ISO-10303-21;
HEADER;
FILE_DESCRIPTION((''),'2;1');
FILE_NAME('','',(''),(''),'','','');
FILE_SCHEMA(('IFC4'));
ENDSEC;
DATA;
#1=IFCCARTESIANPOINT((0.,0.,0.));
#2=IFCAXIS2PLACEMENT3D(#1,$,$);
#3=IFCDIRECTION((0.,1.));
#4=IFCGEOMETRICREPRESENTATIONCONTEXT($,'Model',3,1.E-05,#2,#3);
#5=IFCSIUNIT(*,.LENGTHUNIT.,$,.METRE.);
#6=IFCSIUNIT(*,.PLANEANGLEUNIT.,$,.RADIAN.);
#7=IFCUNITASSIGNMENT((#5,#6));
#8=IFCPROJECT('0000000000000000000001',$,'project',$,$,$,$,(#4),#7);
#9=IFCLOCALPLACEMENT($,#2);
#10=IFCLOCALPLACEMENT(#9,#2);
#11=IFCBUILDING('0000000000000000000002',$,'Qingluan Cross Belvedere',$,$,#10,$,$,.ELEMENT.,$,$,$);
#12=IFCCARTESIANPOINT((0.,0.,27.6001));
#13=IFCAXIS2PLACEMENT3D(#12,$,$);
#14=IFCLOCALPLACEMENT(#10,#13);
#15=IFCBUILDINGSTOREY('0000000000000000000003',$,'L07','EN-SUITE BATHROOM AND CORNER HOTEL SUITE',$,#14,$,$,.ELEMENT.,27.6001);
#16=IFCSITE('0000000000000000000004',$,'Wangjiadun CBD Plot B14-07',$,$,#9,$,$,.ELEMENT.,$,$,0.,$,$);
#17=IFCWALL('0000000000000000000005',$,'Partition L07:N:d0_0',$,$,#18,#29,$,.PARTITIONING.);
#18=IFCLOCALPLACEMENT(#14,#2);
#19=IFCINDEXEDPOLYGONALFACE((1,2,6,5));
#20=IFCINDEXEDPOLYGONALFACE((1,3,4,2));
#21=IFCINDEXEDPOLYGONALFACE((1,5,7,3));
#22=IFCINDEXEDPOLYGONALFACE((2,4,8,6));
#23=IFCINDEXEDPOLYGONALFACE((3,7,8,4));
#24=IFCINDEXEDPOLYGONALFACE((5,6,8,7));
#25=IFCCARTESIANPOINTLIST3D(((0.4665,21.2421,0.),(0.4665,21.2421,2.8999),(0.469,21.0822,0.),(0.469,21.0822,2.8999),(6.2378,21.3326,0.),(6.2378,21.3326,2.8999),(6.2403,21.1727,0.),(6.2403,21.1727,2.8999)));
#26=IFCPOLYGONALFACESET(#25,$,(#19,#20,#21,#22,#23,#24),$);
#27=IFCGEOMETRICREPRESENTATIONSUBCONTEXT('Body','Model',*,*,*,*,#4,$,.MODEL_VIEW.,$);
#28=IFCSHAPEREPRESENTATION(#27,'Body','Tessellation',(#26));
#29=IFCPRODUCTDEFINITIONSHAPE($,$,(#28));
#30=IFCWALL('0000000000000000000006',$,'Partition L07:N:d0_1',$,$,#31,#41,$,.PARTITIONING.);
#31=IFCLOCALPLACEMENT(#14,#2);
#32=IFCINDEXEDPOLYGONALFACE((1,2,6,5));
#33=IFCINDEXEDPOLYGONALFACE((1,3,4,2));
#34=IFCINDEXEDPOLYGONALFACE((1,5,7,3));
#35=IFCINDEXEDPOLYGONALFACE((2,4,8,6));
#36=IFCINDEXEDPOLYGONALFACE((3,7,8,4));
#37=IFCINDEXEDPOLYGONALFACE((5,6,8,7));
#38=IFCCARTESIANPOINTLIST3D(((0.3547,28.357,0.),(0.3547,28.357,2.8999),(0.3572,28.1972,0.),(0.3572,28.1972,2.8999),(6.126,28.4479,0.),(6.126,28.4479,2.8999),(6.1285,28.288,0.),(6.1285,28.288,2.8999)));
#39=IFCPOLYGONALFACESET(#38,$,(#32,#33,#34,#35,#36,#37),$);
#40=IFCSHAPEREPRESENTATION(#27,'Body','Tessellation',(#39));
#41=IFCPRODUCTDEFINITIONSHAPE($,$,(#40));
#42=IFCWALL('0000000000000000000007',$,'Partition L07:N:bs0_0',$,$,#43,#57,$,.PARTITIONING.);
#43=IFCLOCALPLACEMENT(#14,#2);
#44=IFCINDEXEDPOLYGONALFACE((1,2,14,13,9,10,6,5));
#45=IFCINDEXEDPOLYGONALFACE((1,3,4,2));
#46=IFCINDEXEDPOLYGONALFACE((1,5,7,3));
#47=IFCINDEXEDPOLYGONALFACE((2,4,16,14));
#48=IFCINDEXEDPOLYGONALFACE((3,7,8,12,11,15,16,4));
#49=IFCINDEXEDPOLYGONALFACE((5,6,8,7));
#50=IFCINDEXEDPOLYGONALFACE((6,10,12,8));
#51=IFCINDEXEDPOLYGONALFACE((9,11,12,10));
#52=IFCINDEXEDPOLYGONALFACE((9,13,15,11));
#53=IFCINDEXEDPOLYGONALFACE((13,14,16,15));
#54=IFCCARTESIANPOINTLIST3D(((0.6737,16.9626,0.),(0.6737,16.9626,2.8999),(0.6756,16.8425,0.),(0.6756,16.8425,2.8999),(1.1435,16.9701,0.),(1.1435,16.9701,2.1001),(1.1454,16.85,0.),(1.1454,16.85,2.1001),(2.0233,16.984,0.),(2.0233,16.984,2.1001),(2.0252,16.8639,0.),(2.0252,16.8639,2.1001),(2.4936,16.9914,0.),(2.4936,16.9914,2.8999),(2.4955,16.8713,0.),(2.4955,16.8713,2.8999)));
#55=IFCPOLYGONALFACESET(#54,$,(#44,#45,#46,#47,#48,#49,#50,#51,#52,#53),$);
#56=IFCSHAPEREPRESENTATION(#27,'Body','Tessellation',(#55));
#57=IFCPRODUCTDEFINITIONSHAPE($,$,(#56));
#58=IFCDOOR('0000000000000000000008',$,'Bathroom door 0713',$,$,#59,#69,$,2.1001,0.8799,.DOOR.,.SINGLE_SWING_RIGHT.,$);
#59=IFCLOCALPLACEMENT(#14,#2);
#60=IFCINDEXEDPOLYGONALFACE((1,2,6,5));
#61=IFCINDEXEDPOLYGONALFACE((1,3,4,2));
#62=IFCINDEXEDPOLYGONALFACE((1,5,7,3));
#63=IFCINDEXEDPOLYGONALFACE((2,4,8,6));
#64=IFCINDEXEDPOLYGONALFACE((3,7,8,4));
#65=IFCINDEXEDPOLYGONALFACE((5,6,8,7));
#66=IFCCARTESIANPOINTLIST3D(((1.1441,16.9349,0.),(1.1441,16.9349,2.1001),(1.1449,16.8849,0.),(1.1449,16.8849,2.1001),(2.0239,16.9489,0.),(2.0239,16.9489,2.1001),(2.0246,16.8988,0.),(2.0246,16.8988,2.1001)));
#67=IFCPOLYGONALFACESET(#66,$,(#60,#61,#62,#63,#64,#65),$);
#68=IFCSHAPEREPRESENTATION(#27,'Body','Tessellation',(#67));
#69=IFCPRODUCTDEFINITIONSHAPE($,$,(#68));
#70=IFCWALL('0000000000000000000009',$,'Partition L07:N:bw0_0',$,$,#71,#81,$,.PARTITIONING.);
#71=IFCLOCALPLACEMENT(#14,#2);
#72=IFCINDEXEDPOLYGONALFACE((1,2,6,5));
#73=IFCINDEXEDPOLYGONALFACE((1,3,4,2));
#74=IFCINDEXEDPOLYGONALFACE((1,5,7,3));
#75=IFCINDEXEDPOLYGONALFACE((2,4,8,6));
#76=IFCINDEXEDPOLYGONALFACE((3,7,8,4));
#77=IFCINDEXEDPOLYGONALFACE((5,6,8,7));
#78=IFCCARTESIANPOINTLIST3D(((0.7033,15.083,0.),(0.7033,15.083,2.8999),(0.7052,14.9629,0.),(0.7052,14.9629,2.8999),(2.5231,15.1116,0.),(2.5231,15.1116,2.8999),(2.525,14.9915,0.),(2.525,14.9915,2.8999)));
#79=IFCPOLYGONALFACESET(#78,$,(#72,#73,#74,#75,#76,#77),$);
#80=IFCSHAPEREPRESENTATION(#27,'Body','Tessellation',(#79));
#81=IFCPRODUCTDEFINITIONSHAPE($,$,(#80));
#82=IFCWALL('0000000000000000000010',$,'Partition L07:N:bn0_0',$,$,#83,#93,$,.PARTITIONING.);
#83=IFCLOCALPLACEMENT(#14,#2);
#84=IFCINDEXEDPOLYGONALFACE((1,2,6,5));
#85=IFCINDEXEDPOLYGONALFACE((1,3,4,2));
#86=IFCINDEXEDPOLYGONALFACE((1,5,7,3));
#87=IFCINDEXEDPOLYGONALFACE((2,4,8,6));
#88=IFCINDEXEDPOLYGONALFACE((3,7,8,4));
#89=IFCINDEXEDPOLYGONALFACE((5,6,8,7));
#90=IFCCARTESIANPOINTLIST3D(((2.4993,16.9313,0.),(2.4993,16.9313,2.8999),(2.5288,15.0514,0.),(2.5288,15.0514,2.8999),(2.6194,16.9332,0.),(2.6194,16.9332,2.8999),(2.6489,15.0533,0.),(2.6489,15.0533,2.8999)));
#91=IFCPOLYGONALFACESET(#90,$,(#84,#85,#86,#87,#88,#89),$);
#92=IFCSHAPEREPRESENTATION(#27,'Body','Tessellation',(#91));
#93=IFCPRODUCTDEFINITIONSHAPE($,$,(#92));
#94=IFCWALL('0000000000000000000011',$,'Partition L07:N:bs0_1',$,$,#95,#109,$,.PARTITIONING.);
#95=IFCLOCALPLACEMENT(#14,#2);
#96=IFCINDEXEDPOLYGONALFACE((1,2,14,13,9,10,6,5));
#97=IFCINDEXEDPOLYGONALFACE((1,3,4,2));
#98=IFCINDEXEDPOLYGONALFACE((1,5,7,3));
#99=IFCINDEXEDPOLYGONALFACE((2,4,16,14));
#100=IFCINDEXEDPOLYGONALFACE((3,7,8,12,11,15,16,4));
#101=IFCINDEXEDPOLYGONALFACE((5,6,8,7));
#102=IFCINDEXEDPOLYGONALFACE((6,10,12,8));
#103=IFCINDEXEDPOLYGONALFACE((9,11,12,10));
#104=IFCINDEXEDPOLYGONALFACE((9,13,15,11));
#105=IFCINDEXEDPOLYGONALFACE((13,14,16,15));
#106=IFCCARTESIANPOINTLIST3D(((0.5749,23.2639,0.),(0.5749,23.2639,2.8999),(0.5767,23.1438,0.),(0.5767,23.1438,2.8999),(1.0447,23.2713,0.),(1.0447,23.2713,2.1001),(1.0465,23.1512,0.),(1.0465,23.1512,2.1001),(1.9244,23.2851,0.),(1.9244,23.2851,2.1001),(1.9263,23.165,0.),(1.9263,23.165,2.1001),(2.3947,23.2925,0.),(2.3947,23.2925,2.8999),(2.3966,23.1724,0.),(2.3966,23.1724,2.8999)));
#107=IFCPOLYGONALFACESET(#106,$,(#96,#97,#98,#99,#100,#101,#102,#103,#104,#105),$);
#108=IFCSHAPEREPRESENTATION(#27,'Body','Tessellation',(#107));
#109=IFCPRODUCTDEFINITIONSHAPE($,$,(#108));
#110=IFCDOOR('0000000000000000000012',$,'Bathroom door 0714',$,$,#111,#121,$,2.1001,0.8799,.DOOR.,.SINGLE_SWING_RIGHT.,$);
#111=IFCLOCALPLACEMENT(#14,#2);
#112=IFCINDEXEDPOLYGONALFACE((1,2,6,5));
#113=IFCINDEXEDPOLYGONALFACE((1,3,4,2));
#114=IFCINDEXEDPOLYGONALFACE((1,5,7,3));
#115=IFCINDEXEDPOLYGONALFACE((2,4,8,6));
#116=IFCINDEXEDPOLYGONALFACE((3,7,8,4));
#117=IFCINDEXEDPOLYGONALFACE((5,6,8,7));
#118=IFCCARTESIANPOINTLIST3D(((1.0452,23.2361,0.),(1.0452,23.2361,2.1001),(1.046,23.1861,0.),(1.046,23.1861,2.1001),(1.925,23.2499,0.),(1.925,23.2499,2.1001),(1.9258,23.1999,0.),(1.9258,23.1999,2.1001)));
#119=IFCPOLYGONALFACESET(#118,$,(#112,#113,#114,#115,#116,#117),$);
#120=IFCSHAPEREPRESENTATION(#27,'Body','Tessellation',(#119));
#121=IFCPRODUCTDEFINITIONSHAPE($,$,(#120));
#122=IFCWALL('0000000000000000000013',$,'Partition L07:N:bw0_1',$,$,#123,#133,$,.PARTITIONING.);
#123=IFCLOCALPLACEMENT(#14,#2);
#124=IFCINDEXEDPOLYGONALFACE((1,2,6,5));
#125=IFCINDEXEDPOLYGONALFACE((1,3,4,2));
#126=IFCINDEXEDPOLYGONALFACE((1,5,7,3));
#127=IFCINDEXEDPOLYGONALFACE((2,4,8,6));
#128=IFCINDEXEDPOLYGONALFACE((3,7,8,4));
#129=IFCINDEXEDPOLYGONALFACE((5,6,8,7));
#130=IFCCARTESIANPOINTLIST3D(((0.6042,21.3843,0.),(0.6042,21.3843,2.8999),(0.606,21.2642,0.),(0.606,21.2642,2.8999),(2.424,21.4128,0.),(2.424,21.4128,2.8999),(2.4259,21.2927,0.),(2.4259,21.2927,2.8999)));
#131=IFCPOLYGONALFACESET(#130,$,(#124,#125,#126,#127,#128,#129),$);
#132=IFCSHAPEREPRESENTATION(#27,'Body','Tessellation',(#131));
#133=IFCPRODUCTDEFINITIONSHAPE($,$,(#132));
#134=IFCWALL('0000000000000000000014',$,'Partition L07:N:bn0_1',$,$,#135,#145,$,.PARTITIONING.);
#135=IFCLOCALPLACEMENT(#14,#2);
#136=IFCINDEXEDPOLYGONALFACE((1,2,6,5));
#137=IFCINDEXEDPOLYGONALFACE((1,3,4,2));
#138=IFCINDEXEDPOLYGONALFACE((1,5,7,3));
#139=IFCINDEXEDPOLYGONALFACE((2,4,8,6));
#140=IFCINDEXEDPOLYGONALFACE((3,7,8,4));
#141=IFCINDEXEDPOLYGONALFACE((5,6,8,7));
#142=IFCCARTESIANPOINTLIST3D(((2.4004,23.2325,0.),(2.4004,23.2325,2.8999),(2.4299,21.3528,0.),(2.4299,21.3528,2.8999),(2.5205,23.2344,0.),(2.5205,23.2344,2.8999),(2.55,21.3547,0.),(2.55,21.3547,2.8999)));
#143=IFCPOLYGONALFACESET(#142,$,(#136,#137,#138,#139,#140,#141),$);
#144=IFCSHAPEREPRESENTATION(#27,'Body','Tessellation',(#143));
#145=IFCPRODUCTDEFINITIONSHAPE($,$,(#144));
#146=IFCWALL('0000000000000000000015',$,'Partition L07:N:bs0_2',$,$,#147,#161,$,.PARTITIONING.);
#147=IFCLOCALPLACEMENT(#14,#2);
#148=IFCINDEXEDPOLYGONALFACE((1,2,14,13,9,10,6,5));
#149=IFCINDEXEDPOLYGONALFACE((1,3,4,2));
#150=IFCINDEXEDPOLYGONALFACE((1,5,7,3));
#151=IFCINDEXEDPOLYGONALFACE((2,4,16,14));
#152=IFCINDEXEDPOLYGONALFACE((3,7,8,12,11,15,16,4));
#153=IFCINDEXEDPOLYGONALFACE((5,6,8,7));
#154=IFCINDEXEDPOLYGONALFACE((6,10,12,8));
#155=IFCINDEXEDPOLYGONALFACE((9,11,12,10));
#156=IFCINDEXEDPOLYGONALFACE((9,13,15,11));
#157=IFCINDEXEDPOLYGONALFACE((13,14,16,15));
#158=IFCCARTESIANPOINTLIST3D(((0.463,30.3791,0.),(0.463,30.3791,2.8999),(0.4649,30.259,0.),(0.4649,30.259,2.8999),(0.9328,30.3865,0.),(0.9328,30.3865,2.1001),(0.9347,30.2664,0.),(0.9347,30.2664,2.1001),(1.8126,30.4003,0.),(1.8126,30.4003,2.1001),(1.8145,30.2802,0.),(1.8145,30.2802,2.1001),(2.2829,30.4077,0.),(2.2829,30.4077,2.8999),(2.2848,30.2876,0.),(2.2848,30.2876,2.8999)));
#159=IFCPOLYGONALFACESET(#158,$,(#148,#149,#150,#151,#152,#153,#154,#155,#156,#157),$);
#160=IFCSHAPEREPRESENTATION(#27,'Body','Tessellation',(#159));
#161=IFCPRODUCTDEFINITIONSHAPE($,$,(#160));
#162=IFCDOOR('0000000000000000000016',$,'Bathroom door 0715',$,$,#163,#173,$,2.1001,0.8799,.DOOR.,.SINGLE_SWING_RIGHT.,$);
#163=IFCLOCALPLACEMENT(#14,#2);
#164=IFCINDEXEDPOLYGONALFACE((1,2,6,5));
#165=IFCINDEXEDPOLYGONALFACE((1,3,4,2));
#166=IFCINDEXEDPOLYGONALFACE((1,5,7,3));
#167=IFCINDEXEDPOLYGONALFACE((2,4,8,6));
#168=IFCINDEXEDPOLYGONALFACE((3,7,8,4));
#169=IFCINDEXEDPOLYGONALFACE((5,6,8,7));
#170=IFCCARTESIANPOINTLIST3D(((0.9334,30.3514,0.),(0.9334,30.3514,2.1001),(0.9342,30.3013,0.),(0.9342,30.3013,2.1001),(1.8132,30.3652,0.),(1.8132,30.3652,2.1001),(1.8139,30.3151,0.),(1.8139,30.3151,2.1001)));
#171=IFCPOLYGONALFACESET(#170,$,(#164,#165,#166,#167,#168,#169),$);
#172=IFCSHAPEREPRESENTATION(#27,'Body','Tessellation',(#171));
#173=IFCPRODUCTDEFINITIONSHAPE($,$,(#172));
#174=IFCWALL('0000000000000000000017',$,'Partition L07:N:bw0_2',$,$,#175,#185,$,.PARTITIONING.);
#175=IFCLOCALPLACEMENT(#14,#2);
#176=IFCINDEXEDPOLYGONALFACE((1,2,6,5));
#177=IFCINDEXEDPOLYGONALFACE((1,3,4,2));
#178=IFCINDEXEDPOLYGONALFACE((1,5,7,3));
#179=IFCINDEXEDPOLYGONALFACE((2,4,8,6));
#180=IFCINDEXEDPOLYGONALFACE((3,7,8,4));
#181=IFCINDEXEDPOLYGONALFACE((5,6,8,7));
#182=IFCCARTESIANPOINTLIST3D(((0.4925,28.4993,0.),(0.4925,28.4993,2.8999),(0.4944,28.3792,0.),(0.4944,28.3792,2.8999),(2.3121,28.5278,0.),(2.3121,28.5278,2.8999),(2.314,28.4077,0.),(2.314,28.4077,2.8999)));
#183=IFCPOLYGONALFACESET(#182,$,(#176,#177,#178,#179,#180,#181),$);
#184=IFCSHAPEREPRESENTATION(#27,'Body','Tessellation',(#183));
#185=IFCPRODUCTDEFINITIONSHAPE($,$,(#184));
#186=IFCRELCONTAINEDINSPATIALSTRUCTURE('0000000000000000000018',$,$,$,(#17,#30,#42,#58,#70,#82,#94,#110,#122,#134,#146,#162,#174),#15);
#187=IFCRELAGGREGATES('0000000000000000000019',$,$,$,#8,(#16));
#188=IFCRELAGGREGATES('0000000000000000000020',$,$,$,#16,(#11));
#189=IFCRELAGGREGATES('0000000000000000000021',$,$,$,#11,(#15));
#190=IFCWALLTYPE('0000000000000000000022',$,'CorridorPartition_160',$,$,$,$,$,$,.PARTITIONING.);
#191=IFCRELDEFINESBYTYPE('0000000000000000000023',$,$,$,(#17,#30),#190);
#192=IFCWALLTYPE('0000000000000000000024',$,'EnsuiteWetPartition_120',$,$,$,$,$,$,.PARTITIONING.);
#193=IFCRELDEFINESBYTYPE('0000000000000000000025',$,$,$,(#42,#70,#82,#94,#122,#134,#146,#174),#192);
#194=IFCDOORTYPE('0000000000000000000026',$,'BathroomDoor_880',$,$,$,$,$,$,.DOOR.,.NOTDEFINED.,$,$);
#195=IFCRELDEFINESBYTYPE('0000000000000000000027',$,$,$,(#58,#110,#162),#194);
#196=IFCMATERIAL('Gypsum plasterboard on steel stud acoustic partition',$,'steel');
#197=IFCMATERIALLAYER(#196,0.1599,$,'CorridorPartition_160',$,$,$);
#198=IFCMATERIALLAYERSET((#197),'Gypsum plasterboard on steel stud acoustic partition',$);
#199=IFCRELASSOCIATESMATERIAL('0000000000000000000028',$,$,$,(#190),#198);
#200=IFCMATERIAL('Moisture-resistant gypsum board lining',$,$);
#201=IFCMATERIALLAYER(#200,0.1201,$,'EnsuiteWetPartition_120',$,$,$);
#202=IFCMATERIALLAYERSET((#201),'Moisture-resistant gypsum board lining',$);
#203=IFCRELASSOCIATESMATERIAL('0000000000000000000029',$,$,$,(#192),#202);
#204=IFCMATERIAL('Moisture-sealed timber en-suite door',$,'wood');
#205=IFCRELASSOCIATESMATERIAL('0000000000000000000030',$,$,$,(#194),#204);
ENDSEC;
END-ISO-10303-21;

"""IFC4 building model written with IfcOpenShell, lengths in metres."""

from ifc_helpers import new_model, si_unit, direction, frame, frame_2d, origin, place, context, subcontext, project, spatial, rectangle, extrude, material, layer, layer_set, type_object, element, fill, save


model = new_model("IFC4")

# Units and contexts
model_context = context("Model", 3, precision=1e-05, world=origin(), true_north=direction((0.0, 1.0)))
body_context = subcontext(model_context, "Body", "Model", "MODEL_VIEW")
ifc_project = project(units=[si_unit("LENGTHUNIT", "METRE"), si_unit("PLANEANGLEUNIT", "RADIAN")], contexts=[model_context])

# Site, building, storey
site_placement = place(None, origin())
site = spatial("IfcSite", under=ifc_project, at=site_placement, Name="Wangjiadun CBD Plot B14-07", CompositionType="ELEMENT", RefElevation=0.0)
building_placement = place(site_placement, origin())
building = spatial("IfcBuilding", under=site, at=building_placement, Name="Qingluan Cross Belvedere", CompositionType="ELEMENT")
storey_placement = place(building_placement, frame((0.0, 0.0, 27.6001)))
storey = spatial("IfcBuildingStorey", under=building, at=storey_placement, Name="L07", Description="EN-SUITE BATHROOM AND CORNER HOTEL SUITE", CompositionType="ELEMENT", Elevation=27.6001)

# Walls
ifc_material_1 = material(Name="Gypsum plasterboard on steel stud acoustic partition", Category="steel")
ifc_layer_1 = layer(ifc_material_1, 0.1599, Name="CorridorPartition_160")
ifc_layer_set_1 = layer_set([ifc_layer_1], Name="Gypsum plasterboard on steel stud acoustic partition")
wall_type_1 = type_object("IfcWallType", Name="CorridorPartition_160", PredefinedType="PARTITIONING", material=ifc_layer_set_1)
for number, where, z_axis, x_axis, name in (
    (1, (0.4678, 21.1621, 0.0), (0.0, 0.0, 1.0), (0.999877, 0.015692, 0.0), "Partition L07:N:d0_0"),
    (2, (0.356, 28.2771, 0.0), (0.0, 0.0, 1.0), (0.999876, 0.015735, 0.0), "Partition L07:N:d0_1"),
):
    element("IfcWall", number, at=place(storey_placement, frame(where, z_axis=z_axis, x_axis=x_axis)), inside=storey, type_object=wall_type_1, Name=name, PredefinedType="PARTITIONING", context=body_context, shape_type="SweptSolid", body=[
        extrude(rectangle(XDim=5.772, YDim=0.1599, at=frame_2d((2.886, 0.0))), origin(), (0.0, 0.0, 1.0), 2.8999),
    ])

# Wall, opening, door
ifc_material_2 = material(Name="Moisture-resistant gypsum board lining")
ifc_layer_2 = layer(ifc_material_2, 0.1201, Name="EnsuiteWetPartition_120")
ifc_layer_set_2 = layer_set([ifc_layer_2], Name="Moisture-resistant gypsum board lining")
wall_type_2 = type_object("IfcWallType", Name="EnsuiteWetPartition_120", PredefinedType="PARTITIONING", material=ifc_layer_set_2)
wall_1_placement = place(storey_placement, frame((0.6746, 16.9026, 0.0), z_axis=(0.0, 0.0, 1.0), x_axis=(0.999875, 0.015828, 0.0)))
wall_1 = element("IfcWall", 3, at=wall_1_placement, inside=storey, type_object=wall_type_2, Name="Partition L07:N:bs0_0", PredefinedType="PARTITIONING", context=body_context, shape_type="SweptSolid", body=[
    extrude(rectangle(XDim=1.8201, YDim=0.1201, at=frame_2d((0.9102, 0.0))), origin(), (0.0, 0.0, 1.0), 2.8999),
])
opening_1_placement = place(wall_1_placement, frame((0.47, 0.0, 0.0)))
opening_1 = element("IfcOpeningElement", 4, at=opening_1_placement, cuts=wall_1, PredefinedType="OPENING", context=body_context, shape_type="SweptSolid", body=[
    extrude(rectangle(XDim=0.8799, YDim=2.1001, at=frame_2d((0.4399, 1.05))), frame((0.0, 0.0701, 0.0), z_axis=(0.0, -1.0, 0.0), x_axis=(1.0, 0.0, 0.0)), (0.0, 0.0, 1.0), 0.1401),
])
ifc_material_3 = material(Name="Moisture-sealed timber en-suite door", Category="wood")
door_type = type_object("IfcDoorType", Name="BathroomDoor_880", OperationType="NOTDEFINED", PredefinedType="DOOR", material=ifc_material_3)
door_1_placement = place(opening_1_placement, origin())
door_1 = element("IfcDoor", 5, at=door_1_placement, inside=storey, type_object=door_type, Name="Bathroom door 0713", OperationType="SINGLE_SWING_RIGHT", OverallHeight=2.1001, OverallWidth=0.8799, PredefinedType="DOOR", context=body_context, shape_type="SweptSolid", body=[
    extrude(rectangle(XDim=0.8799, YDim=2.1001, at=frame_2d((0.4399, 1.05))), frame((0.0, 0.0249, 0.0), z_axis=(0.0, -1.0, 0.0), x_axis=(1.0, 0.0, 0.0)), (0.0, 0.0, 1.0), 0.05),
])
fill(opening_1, door_1)

# Walls
wall_2_placement = place(storey_placement, frame((0.7041, 15.0229, 0.0), z_axis=(0.0, 0.0, 1.0), x_axis=(0.999877, 0.015694, 0.0)))
element("IfcWall", 6, at=wall_2_placement, inside=storey, type_object=wall_type_2, Name="Partition L07:N:bw0_0", PredefinedType="PARTITIONING", context=body_context, shape_type="SweptSolid", body=[
    extrude(rectangle(XDim=1.8201, YDim=0.1201, at=frame_2d((0.9102, 0.0))), origin(), (0.0, 0.0, 1.0), 2.8999),
])
wall_3_placement = place(storey_placement, frame((2.5889, 15.0525, 0.0), z_axis=(0.0, 0.0, 1.0), x_axis=(-0.015712, 0.999877, 0.0)))
element("IfcWall", 7, at=wall_3_placement, inside=storey, type_object=wall_type_2, Name="Partition L07:N:bn0_0", PredefinedType="PARTITIONING", context=body_context, shape_type="SweptSolid", body=[
    extrude(rectangle(XDim=1.8801, YDim=0.1201, at=frame_2d((0.9399, 0.0))), origin(), (0.0, 0.0, 1.0), 2.8999),
])

# Wall, opening, door
wall_4_placement = place(storey_placement, frame((0.5757, 23.2039, 0.0), z_axis=(0.0, 0.0, 1.0), x_axis=(0.999877, 0.015694, 0.0)))
wall_4 = element("IfcWall", 8, at=wall_4_placement, inside=storey, type_object=wall_type_2, Name="Partition L07:N:bs0_1", PredefinedType="PARTITIONING", context=body_context, shape_type="SweptSolid", body=[
    extrude(rectangle(XDim=1.8201, YDim=0.1201, at=frame_2d((0.9102, 0.0))), origin(), (0.0, 0.0, 1.0), 2.8999),
])
opening_2_placement = place(wall_4_placement, frame((0.47, 0.0, 0.0)))
opening_2 = element("IfcOpeningElement", 9, at=opening_2_placement, cuts=wall_4, PredefinedType="OPENING", context=body_context, shape_type="SweptSolid", body=[
    extrude(rectangle(XDim=0.8799, YDim=2.1001, at=frame_2d((0.4399, 1.05))), frame((0.0, 0.0701, 0.0), z_axis=(0.0, -1.0, 0.0), x_axis=(1.0, 0.0, 0.0)), (0.0, 0.0, 1.0), 0.1401),
])
door_2_placement = place(opening_2_placement, origin())
door_2 = element("IfcDoor", 10, at=door_2_placement, inside=storey, type_object=door_type, Name="Bathroom door 0714", OperationType="SINGLE_SWING_RIGHT", OverallHeight=2.1001, OverallWidth=0.8799, PredefinedType="DOOR", context=body_context, shape_type="SweptSolid", body=[
    extrude(rectangle(XDim=0.8799, YDim=2.1001, at=frame_2d((0.4399, 1.05))), frame((0.0, 0.0249, 0.0), z_axis=(0.0, -1.0, 0.0), x_axis=(1.0, 0.0, 0.0)), (0.0, 0.0, 1.0), 0.05),
])
fill(opening_2, door_2)

# Walls
wall_5_placement = place(storey_placement, frame((0.605, 21.3242, 0.0), z_axis=(0.0, 0.0, 1.0), x_axis=(0.999877, 0.015694, 0.0)))
element("IfcWall", 11, at=wall_5_placement, inside=storey, type_object=wall_type_2, Name="Partition L07:N:bw0_1", PredefinedType="PARTITIONING", context=body_context, shape_type="SweptSolid", body=[
    extrude(rectangle(XDim=1.8201, YDim=0.1201, at=frame_2d((0.9102, 0.0))), origin(), (0.0, 0.0, 1.0), 2.8999),
])
wall_6_placement = place(storey_placement, frame((2.49, 21.3538, 0.0), z_axis=(0.0, 0.0, 1.0), x_axis=(-0.015714, 0.999877, 0.0)))
element("IfcWall", 12, at=wall_6_placement, inside=storey, type_object=wall_type_2, Name="Partition L07:N:bn0_1", PredefinedType="PARTITIONING", context=body_context, shape_type="SweptSolid", body=[
    extrude(rectangle(XDim=1.8799, YDim=0.1201, at=frame_2d((0.9399, 0.0))), origin(), (0.0, 0.0, 1.0), 2.8999),
])

# Wall, opening, door
wall_7_placement = place(storey_placement, frame((0.4639, 30.3191, 0.0), z_axis=(0.0, 0.0, 1.0), x_axis=(0.999877, 0.015694, 0.0)))
wall_7 = element("IfcWall", 13, at=wall_7_placement, inside=storey, type_object=wall_type_2, Name="Partition L07:N:bs0_2", PredefinedType="PARTITIONING", context=body_context, shape_type="SweptSolid", body=[
    extrude(rectangle(XDim=1.8201, YDim=0.1201, at=frame_2d((0.9102, 0.0))), origin(), (0.0, 0.0, 1.0), 2.8999),
])
opening_3_placement = place(wall_7_placement, frame((0.47, 0.0, 0.0)))
opening_3 = element("IfcOpeningElement", 14, at=opening_3_placement, cuts=wall_7, PredefinedType="OPENING", context=body_context, shape_type="SweptSolid", body=[
    extrude(rectangle(XDim=0.8799, YDim=2.1001, at=frame_2d((0.4399, 1.05))), frame((0.0, 0.0701, 0.0), z_axis=(0.0, -1.0, 0.0), x_axis=(1.0, 0.0, 0.0)), (0.0, 0.0, 1.0), 0.1401),
])
door_3_placement = place(opening_3_placement, origin())
door_3 = element("IfcDoor", 15, at=door_3_placement, inside=storey, type_object=door_type, Name="Bathroom door 0715", OperationType="SINGLE_SWING_RIGHT", OverallHeight=2.1001, OverallWidth=0.8799, PredefinedType="DOOR", context=body_context, shape_type="SweptSolid", body=[
    extrude(rectangle(XDim=0.8799, YDim=2.1001, at=frame_2d((0.4399, 1.05))), frame((0.0, 0.0249, 0.0), z_axis=(0.0, -1.0, 0.0), x_axis=(1.0, 0.0, 0.0)), (0.0, 0.0, 1.0), 0.05),
])
fill(opening_3, door_3)

# Wall
wall_8_placement = place(storey_placement, frame((0.4934, 28.4392, 0.0), z_axis=(0.0, 0.0, 1.0), x_axis=(0.999877, 0.015696, 0.0)))
element("IfcWall", 16, at=wall_8_placement, inside=storey, type_object=wall_type_2, Name="Partition L07:N:bw0_2", PredefinedType="PARTITIONING", context=body_context, shape_type="SweptSolid", body=[
    extrude(rectangle(XDim=1.8198, YDim=0.1201, at=frame_2d((0.9099, 0.0))), origin(), (0.0, 0.0, 1.0), 2.8999),
])

save(model, "model.ifc")
